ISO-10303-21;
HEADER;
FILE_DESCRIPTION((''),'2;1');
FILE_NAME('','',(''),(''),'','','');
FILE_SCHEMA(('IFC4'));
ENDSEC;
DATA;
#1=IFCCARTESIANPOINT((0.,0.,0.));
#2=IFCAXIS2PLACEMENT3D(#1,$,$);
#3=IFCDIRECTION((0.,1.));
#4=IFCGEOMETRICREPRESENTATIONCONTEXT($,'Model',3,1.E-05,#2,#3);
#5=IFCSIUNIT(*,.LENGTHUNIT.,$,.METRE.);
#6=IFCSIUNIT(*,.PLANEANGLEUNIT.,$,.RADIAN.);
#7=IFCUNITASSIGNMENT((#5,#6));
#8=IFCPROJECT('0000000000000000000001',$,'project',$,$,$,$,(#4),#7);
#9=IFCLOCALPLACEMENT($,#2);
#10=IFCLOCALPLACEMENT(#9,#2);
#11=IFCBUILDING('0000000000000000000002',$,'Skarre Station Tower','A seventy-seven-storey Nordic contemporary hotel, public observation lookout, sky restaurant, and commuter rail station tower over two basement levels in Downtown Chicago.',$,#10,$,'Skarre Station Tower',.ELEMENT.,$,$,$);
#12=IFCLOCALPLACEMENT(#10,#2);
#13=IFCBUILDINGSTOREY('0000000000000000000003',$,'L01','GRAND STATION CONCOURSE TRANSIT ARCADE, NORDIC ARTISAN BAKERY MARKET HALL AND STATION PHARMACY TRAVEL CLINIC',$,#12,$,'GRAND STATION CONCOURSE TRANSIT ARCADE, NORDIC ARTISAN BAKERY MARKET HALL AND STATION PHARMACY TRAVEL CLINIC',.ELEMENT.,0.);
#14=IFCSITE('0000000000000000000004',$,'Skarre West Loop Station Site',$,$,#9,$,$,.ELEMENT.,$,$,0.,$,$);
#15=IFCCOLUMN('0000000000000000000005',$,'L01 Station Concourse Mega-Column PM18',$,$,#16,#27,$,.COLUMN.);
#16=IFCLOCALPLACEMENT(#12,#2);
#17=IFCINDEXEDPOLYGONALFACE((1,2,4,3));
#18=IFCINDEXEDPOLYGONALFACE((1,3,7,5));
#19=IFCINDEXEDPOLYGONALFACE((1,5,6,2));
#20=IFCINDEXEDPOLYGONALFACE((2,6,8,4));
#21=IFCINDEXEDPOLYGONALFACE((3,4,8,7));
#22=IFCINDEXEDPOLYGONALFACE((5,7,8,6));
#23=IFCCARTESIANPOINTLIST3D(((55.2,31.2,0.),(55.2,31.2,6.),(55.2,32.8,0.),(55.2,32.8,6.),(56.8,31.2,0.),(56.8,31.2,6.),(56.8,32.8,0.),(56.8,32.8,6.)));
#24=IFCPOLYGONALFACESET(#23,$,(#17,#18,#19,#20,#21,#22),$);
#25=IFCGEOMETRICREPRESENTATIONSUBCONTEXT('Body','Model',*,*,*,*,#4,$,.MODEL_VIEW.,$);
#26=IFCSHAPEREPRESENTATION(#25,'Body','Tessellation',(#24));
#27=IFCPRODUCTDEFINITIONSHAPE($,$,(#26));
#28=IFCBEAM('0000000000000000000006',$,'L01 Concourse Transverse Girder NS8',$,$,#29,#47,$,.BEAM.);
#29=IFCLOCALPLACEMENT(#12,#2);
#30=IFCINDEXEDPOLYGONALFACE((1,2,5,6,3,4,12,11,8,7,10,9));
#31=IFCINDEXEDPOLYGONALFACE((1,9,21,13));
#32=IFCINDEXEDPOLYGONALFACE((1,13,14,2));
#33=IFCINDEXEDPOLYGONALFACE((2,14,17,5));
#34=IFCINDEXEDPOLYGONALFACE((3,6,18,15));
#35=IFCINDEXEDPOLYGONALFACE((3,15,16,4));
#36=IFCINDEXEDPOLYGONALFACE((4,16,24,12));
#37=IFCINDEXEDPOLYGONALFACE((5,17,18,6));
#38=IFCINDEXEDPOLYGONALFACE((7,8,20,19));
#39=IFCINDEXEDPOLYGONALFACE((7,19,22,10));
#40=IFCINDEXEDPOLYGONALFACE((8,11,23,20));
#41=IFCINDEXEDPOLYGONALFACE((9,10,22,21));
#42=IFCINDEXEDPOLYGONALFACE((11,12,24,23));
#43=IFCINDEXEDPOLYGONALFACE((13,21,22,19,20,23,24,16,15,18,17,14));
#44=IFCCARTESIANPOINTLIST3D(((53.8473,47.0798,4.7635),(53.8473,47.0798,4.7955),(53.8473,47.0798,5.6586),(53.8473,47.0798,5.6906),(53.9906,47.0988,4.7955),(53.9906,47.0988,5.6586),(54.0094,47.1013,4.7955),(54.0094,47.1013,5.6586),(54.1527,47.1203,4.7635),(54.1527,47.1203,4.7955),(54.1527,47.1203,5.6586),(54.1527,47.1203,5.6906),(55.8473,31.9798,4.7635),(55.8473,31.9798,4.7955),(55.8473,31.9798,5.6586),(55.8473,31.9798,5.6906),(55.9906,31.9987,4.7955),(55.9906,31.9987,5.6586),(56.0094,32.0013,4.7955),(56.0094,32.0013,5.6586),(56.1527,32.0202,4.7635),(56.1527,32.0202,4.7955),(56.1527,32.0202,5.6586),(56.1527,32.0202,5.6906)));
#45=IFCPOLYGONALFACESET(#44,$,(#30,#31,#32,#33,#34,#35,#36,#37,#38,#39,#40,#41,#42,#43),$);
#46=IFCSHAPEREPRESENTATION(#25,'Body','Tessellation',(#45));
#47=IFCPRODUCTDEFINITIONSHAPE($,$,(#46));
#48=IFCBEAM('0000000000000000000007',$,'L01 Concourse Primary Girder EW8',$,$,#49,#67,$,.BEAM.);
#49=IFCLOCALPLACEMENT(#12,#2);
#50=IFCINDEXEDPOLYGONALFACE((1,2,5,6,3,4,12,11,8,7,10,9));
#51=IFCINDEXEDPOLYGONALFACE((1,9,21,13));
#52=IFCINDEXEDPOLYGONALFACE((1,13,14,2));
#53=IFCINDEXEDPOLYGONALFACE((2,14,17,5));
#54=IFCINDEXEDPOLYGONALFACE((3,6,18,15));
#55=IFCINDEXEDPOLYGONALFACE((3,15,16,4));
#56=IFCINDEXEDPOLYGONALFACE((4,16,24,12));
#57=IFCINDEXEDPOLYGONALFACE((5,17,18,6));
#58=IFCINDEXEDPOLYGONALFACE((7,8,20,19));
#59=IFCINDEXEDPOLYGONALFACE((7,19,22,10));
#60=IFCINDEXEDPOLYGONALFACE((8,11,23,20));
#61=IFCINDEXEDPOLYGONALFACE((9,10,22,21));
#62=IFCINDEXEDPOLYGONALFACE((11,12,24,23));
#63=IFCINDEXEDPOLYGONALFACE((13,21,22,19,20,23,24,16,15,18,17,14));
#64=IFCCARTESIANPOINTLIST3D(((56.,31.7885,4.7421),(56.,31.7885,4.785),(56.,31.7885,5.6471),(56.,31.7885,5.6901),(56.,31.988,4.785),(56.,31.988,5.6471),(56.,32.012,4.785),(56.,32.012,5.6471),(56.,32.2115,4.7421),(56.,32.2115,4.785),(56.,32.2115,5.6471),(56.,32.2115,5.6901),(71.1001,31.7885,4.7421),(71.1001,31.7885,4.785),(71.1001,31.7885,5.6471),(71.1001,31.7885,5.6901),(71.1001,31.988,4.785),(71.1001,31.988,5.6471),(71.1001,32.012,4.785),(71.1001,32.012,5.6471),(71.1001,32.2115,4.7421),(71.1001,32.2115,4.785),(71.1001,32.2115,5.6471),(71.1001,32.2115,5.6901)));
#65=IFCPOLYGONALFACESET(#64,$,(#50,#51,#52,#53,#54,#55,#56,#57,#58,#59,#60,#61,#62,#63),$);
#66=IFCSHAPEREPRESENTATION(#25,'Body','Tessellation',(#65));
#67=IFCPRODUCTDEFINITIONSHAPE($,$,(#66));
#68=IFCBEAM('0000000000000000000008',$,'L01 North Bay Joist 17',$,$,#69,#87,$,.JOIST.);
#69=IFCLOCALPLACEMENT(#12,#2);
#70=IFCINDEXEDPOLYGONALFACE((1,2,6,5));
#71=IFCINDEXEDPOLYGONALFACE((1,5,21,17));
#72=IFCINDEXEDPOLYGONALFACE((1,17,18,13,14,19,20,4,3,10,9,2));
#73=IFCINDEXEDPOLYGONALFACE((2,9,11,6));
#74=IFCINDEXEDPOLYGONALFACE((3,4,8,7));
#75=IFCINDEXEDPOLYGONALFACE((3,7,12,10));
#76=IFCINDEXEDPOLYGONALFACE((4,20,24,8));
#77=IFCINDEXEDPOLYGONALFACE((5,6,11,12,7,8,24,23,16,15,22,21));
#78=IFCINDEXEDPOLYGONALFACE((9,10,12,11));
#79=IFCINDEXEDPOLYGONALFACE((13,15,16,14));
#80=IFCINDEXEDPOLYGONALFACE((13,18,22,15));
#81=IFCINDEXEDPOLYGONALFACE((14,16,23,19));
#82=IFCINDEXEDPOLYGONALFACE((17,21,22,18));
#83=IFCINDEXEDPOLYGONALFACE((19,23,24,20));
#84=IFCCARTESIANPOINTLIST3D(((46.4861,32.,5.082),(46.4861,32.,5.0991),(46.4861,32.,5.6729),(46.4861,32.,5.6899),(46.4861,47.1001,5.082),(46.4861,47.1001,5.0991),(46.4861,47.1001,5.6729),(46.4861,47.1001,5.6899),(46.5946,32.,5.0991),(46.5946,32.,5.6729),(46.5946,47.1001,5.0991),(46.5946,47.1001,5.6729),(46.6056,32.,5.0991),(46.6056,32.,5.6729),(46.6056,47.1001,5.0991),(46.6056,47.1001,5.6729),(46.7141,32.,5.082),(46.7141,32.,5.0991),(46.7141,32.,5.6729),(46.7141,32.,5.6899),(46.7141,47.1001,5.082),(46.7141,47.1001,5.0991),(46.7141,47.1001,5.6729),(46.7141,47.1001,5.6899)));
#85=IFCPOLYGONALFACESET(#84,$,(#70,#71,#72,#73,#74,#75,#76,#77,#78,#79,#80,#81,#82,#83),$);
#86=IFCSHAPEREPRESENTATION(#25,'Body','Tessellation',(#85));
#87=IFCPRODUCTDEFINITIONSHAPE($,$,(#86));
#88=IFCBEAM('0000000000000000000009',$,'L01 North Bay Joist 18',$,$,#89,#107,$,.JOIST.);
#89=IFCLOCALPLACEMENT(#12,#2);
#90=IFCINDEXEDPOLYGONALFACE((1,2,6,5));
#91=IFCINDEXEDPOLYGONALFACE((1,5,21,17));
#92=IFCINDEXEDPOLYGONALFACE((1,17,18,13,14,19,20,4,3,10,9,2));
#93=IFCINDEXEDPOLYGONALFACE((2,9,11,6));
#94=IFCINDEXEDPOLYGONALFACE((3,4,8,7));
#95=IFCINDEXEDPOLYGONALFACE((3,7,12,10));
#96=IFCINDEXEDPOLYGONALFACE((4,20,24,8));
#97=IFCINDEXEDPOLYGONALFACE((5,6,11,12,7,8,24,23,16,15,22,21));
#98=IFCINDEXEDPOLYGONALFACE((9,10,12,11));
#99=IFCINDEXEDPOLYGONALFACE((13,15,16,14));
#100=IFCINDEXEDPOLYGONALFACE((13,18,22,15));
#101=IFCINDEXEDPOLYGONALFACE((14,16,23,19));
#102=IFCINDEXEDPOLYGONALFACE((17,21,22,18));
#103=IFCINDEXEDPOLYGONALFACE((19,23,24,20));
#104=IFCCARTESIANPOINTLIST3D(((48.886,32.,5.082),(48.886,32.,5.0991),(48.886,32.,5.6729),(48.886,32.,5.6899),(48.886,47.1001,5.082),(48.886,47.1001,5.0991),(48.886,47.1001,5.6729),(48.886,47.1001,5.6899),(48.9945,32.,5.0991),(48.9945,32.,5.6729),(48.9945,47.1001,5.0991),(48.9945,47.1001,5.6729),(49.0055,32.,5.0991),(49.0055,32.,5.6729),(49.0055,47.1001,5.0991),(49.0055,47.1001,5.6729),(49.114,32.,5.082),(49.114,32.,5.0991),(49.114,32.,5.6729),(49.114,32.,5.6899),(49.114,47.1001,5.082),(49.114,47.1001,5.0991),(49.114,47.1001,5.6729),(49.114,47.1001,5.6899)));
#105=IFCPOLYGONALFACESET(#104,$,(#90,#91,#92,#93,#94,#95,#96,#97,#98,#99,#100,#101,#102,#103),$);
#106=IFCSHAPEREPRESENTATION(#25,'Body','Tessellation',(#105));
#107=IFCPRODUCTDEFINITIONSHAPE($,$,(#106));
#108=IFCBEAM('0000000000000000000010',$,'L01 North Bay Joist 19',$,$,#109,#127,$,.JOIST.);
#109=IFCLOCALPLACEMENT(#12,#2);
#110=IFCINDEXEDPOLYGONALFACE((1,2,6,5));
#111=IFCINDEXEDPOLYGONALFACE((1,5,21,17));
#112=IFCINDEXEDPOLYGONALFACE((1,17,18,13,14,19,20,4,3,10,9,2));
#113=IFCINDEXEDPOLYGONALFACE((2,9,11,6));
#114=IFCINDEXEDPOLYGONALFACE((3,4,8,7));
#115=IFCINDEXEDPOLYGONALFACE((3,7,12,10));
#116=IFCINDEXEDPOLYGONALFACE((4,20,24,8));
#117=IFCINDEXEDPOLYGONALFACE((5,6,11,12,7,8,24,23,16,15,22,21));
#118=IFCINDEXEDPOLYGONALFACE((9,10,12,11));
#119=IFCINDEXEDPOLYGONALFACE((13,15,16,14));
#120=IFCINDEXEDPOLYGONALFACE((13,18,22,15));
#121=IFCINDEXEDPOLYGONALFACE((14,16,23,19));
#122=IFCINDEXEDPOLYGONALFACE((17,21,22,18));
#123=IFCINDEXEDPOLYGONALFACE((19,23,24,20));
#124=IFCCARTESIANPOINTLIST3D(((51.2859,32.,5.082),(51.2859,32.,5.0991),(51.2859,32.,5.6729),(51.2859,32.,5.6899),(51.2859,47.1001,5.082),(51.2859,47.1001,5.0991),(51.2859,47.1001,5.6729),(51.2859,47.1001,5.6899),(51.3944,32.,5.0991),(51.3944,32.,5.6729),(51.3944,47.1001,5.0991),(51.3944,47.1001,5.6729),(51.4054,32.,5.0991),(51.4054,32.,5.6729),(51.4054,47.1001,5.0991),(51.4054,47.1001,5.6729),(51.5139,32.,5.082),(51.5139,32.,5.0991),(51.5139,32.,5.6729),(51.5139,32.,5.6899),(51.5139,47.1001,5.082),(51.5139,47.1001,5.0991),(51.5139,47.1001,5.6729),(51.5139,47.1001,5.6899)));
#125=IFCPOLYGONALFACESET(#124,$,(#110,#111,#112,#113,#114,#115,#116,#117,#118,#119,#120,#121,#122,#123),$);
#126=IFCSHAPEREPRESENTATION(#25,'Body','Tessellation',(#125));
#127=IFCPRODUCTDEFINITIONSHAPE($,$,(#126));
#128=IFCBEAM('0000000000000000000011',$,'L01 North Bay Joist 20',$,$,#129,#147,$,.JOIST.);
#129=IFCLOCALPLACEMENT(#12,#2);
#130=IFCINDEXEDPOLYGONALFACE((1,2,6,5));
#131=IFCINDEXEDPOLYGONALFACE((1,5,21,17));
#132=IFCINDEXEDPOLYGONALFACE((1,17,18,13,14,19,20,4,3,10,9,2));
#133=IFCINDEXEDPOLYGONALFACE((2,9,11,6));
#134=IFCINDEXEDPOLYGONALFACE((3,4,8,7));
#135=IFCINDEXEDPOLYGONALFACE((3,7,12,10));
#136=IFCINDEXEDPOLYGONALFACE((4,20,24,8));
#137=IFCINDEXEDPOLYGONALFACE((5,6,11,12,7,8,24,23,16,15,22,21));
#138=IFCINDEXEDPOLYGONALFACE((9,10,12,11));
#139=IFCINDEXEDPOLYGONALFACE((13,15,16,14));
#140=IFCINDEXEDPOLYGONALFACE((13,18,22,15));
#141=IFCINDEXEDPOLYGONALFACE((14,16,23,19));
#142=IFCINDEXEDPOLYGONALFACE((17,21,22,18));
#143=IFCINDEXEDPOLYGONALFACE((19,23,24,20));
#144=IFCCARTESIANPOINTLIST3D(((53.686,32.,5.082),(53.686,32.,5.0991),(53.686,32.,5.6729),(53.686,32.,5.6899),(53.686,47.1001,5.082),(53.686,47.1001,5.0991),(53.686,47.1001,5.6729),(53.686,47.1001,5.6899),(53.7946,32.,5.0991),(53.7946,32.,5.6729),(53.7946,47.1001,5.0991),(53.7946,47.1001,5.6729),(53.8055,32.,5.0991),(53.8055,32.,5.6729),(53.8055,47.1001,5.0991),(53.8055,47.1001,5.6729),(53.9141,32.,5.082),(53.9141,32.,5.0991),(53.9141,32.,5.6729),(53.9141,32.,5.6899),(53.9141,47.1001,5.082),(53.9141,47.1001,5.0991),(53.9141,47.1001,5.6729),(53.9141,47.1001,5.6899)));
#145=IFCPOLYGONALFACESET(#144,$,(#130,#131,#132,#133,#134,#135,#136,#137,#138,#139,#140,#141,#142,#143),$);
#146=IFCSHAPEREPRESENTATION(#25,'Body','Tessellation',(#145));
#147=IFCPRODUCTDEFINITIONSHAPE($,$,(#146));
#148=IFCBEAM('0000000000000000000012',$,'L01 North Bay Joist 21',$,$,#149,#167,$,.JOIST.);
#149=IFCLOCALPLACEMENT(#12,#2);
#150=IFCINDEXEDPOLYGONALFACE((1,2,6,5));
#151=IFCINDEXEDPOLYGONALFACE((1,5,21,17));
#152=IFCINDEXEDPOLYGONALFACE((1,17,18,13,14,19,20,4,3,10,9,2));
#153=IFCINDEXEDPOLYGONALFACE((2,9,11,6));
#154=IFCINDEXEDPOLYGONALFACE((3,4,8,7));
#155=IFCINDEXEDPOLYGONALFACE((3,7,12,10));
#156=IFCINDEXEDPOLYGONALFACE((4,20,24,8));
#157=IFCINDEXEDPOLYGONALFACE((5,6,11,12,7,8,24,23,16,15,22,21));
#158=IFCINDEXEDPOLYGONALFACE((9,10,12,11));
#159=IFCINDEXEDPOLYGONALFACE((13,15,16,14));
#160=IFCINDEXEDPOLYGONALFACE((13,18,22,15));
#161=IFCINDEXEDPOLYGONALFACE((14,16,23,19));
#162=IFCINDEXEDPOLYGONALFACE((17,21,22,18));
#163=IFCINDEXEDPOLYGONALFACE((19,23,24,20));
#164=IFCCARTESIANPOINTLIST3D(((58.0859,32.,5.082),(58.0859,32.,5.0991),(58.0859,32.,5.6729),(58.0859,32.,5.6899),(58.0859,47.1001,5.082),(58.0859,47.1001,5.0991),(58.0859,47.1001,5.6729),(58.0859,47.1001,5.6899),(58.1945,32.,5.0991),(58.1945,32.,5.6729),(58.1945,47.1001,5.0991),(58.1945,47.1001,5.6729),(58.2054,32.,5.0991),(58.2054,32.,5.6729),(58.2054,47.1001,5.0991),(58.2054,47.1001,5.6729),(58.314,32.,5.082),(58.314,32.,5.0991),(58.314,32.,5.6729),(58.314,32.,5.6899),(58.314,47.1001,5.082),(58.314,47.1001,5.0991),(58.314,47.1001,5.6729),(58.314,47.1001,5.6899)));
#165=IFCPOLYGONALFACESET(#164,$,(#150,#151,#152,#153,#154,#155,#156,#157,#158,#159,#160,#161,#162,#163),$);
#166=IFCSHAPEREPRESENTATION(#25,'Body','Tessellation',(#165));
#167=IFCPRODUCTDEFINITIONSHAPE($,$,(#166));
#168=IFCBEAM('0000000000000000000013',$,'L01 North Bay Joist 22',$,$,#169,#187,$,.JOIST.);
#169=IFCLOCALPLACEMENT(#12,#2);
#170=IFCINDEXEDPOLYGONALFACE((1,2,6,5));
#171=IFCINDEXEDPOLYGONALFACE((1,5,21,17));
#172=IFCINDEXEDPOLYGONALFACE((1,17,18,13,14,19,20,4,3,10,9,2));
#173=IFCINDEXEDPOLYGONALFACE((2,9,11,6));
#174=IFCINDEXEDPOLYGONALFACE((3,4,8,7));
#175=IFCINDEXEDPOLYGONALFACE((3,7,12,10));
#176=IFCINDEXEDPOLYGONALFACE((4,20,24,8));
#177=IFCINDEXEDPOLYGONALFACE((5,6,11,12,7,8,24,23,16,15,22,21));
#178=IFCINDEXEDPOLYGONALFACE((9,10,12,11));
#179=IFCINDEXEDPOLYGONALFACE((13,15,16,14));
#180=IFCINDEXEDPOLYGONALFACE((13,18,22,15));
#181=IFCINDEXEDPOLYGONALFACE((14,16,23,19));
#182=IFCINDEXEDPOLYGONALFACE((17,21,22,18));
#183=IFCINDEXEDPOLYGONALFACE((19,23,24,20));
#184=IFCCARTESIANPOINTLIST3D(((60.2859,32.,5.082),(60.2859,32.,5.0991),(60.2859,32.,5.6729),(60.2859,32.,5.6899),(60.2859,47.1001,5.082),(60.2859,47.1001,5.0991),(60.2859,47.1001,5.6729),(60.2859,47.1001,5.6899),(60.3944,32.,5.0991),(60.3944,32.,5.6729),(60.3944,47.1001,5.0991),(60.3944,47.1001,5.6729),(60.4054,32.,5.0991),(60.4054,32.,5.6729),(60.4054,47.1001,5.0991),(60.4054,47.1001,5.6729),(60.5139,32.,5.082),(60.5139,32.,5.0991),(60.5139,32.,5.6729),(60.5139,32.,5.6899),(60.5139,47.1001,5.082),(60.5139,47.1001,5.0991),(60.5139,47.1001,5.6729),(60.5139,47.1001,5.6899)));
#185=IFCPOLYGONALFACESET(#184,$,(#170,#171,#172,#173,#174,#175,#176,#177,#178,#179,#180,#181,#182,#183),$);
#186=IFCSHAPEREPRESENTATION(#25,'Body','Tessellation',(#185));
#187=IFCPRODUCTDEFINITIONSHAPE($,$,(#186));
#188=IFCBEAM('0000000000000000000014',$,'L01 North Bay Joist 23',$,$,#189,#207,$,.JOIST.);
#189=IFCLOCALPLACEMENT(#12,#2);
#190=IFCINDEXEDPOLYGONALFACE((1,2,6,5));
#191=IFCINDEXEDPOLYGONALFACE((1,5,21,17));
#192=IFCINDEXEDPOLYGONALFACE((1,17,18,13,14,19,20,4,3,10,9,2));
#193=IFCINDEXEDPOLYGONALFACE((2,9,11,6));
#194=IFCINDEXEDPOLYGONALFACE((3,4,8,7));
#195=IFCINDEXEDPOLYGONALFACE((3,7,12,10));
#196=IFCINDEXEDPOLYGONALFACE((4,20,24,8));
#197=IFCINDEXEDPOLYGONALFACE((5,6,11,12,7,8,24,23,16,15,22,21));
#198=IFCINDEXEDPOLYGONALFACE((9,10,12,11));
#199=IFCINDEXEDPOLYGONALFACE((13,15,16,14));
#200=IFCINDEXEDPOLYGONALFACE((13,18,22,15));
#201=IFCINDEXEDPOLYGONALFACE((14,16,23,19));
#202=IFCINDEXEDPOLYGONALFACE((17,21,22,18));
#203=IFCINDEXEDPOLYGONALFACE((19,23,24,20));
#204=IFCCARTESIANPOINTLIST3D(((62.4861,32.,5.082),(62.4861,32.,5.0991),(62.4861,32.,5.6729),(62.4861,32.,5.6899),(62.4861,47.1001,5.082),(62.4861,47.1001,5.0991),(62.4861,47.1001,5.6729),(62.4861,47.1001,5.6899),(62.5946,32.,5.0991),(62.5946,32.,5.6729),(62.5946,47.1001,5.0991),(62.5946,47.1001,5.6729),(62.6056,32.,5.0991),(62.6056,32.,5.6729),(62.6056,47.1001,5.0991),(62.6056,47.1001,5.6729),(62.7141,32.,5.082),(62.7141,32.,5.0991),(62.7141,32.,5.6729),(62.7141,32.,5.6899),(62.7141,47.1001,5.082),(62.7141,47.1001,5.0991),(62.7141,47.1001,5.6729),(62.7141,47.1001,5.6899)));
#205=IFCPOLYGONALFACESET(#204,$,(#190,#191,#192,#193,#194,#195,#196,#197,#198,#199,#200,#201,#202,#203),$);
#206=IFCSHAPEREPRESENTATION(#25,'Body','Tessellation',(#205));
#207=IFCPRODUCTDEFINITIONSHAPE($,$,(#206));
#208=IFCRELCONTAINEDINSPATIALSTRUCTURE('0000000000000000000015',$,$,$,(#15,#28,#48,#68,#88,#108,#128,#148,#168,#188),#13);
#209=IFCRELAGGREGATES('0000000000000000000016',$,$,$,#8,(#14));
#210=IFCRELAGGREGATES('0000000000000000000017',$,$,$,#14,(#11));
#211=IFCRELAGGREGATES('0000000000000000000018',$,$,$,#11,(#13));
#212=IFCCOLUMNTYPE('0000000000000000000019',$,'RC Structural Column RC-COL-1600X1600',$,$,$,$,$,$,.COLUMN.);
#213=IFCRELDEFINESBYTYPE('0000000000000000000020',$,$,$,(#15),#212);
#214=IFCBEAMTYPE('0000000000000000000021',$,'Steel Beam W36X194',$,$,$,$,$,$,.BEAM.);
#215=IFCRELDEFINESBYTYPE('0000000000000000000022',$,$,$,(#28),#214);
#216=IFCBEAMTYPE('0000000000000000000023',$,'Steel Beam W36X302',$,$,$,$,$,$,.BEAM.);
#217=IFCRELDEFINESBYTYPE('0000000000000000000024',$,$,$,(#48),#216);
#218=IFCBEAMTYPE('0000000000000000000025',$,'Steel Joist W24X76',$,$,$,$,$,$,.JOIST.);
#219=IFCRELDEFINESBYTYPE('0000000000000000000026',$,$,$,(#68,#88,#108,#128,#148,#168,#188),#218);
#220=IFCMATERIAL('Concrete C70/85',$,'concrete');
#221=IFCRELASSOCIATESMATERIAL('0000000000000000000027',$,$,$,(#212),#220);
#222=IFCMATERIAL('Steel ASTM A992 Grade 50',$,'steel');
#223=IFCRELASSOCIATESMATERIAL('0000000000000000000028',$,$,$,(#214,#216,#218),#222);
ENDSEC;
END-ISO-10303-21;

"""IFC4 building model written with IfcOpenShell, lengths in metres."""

from ifc_helpers import new_model, si_unit, direction, frame, origin, origin_2d, place, context, subcontext, project, spatial, rectangle, i_section, extrude, material, material_profile, profile_set, type_object, element, save


model = new_model("IFC4")

# Units and contexts
model_context = context("Model", 3, precision=1e-05, world=origin(), true_north=direction((0.0, 1.0)))
body_context = subcontext(model_context, "Body", "Model", "MODEL_VIEW")
ifc_project = project(units=[si_unit("LENGTHUNIT", "METRE"), si_unit("PLANEANGLEUNIT", "RADIAN")], contexts=[model_context])

# Site, building, storey
site_placement = place(None, origin())
site = spatial("IfcSite", under=ifc_project, at=site_placement, Name="Skarre West Loop Station Site", CompositionType="ELEMENT", RefElevation=0.0)
building_placement = place(site_placement, origin())
building = spatial("IfcBuilding", under=site, at=building_placement, Name="Skarre Station Tower", Description="A seventy-seven-storey Nordic contemporary hotel, public observation lookout, sky restaurant, and commuter rail station tower over two basement levels in Downtown Chicago.", LongName="Skarre Station Tower", CompositionType="ELEMENT")
storey_placement = place(building_placement, origin())
storey = spatial("IfcBuildingStorey", under=building, at=storey_placement, Name="L01", Description="GRAND STATION CONCOURSE TRANSIT ARCADE, NORDIC ARTISAN BAKERY MARKET HALL AND STATION PHARMACY TRAVEL CLINIC", LongName="GRAND STATION CONCOURSE TRANSIT ARCADE, NORDIC ARTISAN BAKERY MARKET HALL AND STATION PHARMACY TRAVEL CLINIC", CompositionType="ELEMENT", Elevation=0.0)

# Column
ifc_material_1 = material(Name="Concrete C70/85", Category="concrete")
ifc_material_profile_1 = material_profile(ifc_material_1, rectangle(XDim=1.6001, YDim=1.6001, at=origin_2d()), Name="Concrete C70/85")
ifc_profile_set_1 = profile_set([ifc_material_profile_1], Name="Concrete C70/85")
column_type = type_object("IfcColumnType", Name="RC Structural Column RC-COL-1600X1600", PredefinedType="COLUMN", material=ifc_profile_set_1)
column_placement = place(storey_placement, frame((56.0, 32.0, 0.0), z_axis=(0.0, 0.0, 1.0), x_axis=(1.0, 0.0, 0.0)))
element("IfcColumn", 1, at=column_placement, inside=storey, type_object=column_type, Name="L01 Station Concourse Mega-Column PM18", PredefinedType="COLUMN", context=body_context, shape_type="SweptSolid", body=[
    extrude(rectangle(XDim=1.6001, YDim=1.6001, at=origin_2d()), origin(), (0.0, 0.0, 1.0), 6.0),
])

# Beams
ifc_material_2 = material(Name="Steel ASTM A992 Grade 50", Category="steel")
ifc_material_profile_2 = material_profile(ifc_material_2, i_section(OverallWidth=0.3081, OverallDepth=0.927, WebThickness=0.019, FlangeThickness=0.032, at=origin_2d()), Name="Steel ASTM A992 Grade 50")
ifc_profile_set_2 = profile_set([ifc_material_profile_2], Name="Steel ASTM A992 Grade 50")
beam_type_1 = type_object("IfcBeamType", Name="Steel Beam W36X194", PredefinedType="BEAM", material=ifc_profile_set_2)
beam_1_placement = place(storey_placement, frame((56.0, 32.0, 5.2271), z_axis=(-0.131303, 0.991342, 0.0), x_axis=(-0.991342, -0.131303, 0.0)))
element("IfcBeam", 2, at=beam_1_placement, inside=storey, type_object=beam_type_1, Name="L01 Concourse Transverse Girder NS8", PredefinedType="BEAM", context=body_context, shape_type="SweptSolid", body=[
    extrude(i_section(OverallWidth=0.3081, OverallDepth=0.927, WebThickness=0.019, FlangeThickness=0.032, at=origin_2d()), origin(), (0.0, 0.0, 1.0), 15.2319),
])
ifc_material_profile_3 = material_profile(ifc_material_2, i_section(OverallWidth=0.4231, OverallDepth=0.948, WebThickness=0.0239, FlangeThickness=0.043, at=origin_2d()), Name="Steel ASTM A992 Grade 50")
ifc_profile_set_3 = profile_set([ifc_material_profile_3], Name="Steel ASTM A992 Grade 50")
beam_type_2 = type_object("IfcBeamType", Name="Steel Beam W36X302", PredefinedType="BEAM", material=ifc_profile_set_3)
beam_2_placement = place(storey_placement, frame((56.0, 32.0, 5.2161), z_axis=(1.0, 0.0, 0.0), x_axis=(0.0, 1.0, 0.0)))
element("IfcBeam", 3, at=beam_2_placement, inside=storey, type_object=beam_type_2, Name="L01 Concourse Primary Girder EW8", PredefinedType="BEAM", context=body_context, shape_type="SweptSolid", body=[
    extrude(i_section(OverallWidth=0.4231, OverallDepth=0.948, WebThickness=0.0239, FlangeThickness=0.043, at=origin_2d()), origin(), (0.0, 0.0, 1.0), 15.1001),
])
ifc_material_profile_4 = material_profile(ifc_material_2, i_section(OverallWidth=0.228, OverallDepth=0.6079, WebThickness=0.011, FlangeThickness=0.0171, at=origin_2d()), Name="Steel ASTM A992 Grade 50")
ifc_profile_set_4 = profile_set([ifc_material_profile_4], Name="Steel ASTM A992 Grade 50")
beam_type_3 = type_object("IfcBeamType", Name="Steel Joist W24X76", PredefinedType="JOIST", material=ifc_profile_set_4)
for number, where, z_axis, x_axis, name in (
    (4, (46.6001, 32.0, 5.386), (0.0, 1.0, 0.0), (-1.0, 0.0, 0.0), "L01 North Bay Joist 17"),
    (5, (49.0, 32.0, 5.386), (0.0, 1.0, 0.0), (-1.0, 0.0, 0.0), "L01 North Bay Joist 18"),
    (6, (51.3999, 32.0, 5.386), (0.0, 1.0, 0.0), (-1.0, 0.0, 0.0), "L01 North Bay Joist 19"),
    (7, (53.8, 32.0, 5.386), (0.0, 1.0, 0.0), (-1.0, 0.0, 0.0), "L01 North Bay Joist 20"),
    (8, (58.2, 32.0, 5.386), (0.0, 1.0, 0.0), (-1.0, 0.0, 0.0), "L01 North Bay Joist 21"),
    (9, (60.3999, 32.0, 5.386), (0.0, 1.0, 0.0), (-1.0, 0.0, 0.0), "L01 North Bay Joist 22"),
    (10, (62.6001, 32.0, 5.386), (0.0, 1.0, 0.0), (-1.0, 0.0, 0.0), "L01 North Bay Joist 23"),
):
    element("IfcBeam", number, at=place(storey_placement, frame(where, z_axis=z_axis, x_axis=x_axis)), inside=storey, type_object=beam_type_3, Name=name, PredefinedType="JOIST", context=body_context, shape_type="SweptSolid", body=[
        extrude(i_section(OverallWidth=0.228, OverallDepth=0.6079, WebThickness=0.011, FlangeThickness=0.0171, at=origin_2d()), origin(), (0.0, 0.0, 1.0), 15.1001),
    ])

save(model, "model.ifc")
